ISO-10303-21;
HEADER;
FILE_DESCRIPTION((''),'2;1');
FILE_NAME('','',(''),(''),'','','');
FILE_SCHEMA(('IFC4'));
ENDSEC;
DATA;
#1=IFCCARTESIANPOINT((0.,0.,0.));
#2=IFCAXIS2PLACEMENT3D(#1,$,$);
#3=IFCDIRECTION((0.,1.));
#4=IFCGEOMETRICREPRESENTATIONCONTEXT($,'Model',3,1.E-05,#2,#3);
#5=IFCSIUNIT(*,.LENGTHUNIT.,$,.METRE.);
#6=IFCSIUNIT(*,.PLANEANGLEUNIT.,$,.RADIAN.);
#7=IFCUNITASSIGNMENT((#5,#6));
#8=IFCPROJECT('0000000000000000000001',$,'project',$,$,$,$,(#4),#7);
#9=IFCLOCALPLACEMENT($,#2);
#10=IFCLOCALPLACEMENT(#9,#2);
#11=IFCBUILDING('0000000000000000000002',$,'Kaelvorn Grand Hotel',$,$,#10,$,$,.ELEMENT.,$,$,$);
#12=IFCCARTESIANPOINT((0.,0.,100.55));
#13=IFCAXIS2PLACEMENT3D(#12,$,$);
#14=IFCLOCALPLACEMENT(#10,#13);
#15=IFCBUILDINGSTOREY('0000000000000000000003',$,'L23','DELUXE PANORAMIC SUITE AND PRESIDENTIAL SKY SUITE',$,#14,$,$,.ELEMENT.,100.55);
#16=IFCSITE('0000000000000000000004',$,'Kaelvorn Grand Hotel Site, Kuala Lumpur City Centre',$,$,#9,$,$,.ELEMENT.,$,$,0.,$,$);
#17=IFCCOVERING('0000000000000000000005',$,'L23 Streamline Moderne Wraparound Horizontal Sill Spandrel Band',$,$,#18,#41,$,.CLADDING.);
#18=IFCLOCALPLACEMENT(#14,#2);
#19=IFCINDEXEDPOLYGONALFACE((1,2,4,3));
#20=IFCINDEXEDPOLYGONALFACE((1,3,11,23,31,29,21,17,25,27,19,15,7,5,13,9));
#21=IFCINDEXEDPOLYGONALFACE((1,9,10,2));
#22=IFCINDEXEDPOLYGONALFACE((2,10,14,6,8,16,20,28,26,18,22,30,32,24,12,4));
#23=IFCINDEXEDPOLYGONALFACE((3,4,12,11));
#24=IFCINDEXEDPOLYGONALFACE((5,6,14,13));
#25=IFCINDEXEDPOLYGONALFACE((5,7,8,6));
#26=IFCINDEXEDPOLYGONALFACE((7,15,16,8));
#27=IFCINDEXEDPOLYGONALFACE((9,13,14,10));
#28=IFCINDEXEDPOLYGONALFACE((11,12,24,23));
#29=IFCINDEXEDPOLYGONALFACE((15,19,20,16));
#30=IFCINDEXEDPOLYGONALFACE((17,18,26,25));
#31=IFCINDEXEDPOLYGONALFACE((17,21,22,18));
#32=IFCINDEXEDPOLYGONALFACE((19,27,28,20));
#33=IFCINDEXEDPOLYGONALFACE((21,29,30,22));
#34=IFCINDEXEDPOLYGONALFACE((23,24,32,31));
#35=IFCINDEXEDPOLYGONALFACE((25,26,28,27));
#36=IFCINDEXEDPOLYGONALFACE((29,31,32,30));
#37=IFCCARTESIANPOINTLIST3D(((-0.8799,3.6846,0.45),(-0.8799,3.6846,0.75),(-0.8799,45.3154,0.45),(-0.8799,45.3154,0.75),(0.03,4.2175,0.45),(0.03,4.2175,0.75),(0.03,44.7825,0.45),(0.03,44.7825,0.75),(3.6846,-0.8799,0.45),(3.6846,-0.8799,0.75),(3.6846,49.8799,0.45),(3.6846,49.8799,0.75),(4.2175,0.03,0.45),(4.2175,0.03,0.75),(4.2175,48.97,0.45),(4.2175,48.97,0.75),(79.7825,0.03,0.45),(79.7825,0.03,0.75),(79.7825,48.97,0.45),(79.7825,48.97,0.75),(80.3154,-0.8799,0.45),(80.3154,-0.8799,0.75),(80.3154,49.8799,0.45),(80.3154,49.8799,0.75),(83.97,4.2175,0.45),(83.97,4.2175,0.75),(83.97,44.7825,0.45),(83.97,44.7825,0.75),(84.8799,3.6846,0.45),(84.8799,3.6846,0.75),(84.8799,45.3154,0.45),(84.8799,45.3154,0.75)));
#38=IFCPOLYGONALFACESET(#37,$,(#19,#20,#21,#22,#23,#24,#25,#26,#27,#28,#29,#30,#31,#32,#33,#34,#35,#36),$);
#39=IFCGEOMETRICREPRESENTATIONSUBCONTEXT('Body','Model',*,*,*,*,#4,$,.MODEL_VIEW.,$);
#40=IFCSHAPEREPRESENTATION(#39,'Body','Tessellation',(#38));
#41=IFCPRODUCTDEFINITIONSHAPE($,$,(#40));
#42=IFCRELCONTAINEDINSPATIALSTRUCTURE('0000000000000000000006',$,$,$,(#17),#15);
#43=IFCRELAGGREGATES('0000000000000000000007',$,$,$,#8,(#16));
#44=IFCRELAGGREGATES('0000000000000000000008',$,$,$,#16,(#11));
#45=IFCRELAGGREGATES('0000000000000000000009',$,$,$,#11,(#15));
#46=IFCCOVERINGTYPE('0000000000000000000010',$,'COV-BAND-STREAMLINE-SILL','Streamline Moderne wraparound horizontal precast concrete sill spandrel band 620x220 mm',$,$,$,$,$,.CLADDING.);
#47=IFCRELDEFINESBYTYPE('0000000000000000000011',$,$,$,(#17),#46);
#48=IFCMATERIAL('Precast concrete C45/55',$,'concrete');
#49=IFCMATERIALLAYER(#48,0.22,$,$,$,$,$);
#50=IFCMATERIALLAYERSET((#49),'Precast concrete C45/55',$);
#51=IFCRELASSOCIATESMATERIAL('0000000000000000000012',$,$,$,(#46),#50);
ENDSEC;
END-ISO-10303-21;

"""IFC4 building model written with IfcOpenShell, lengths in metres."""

from ifc_helpers import new_model, si_unit, direction, frame, origin, place, context, subcontext, project, spatial, polyline, outline, extrude, material, layer, layer_set, type_object, element, save


model = new_model("IFC4")

# Units and contexts
model_context = context("Model", 3, precision=1e-05, world=origin(), true_north=direction((0.0, 1.0)))
body_context = subcontext(model_context, "Body", "Model", "MODEL_VIEW")
ifc_project = project(units=[si_unit("LENGTHUNIT", "METRE"), si_unit("PLANEANGLEUNIT", "RADIAN")], contexts=[model_context])

# Site, building, storey
site_placement = place(None, origin())
site = spatial("IfcSite", under=ifc_project, at=site_placement, Name="Kaelvorn Grand Hotel Site, Kuala Lumpur City Centre", CompositionType="ELEMENT", RefElevation=0.0)
building_placement = place(site_placement, origin())
building = spatial("IfcBuilding", under=site, at=building_placement, Name="Kaelvorn Grand Hotel", CompositionType="ELEMENT")
storey_placement = place(building_placement, frame((0.0, 0.0, 100.55)))
storey = spatial("IfcBuildingStorey", under=building, at=storey_placement, Name="L23", Description="DELUXE PANORAMIC SUITE AND PRESIDENTIAL SKY SUITE", CompositionType="ELEMENT", Elevation=100.55)

# Covering
ifc_material_1 = material(Name="Precast concrete C45/55", Category="concrete")
ifc_layer_1 = layer(ifc_material_1, 0.22)
ifc_layer_set_1 = layer_set([ifc_layer_1], Name="Precast concrete C45/55")
covering_type_1 = type_object("IfcCoveringType", Name="COV-BAND-STREAMLINE-SILL", Description="Streamline Moderne wraparound horizontal precast concrete sill spandrel band 620x220 mm", PredefinedType="CLADDING", material=ifc_layer_set_1)
covering_1_placement = place(storey_placement, frame((0.0, 0.0, 0.45)))
element("IfcCovering", 1, at=covering_1_placement, inside=storey, type_object=covering_type_1, Name="L23 Streamline Moderne Wraparound Horizontal Sill Spandrel Band", PredefinedType="CLADDING", context=body_context, shape_type="SweptSolid", body=[
    extrude(outline(polyline([(80.3154, -0.8799), (84.8799, 3.6846), (84.8799, 45.3154), (80.3154, 49.8799), (3.6846, 49.8799), (-0.8799, 45.3154), (-0.8799, 3.6846), (3.6846, -0.8799), (4.2175, 0.03), (0.03, 4.2175), (0.03, 44.7825), (4.2175, 48.97), (79.7825, 48.97), (83.97, 44.7825), (83.97, 4.2175), (79.7825, 0.03), (80.3154, -0.8799)])), origin(), (0.0, 0.0, 1.0), 0.3),
])

save(model, "model.ifc")
